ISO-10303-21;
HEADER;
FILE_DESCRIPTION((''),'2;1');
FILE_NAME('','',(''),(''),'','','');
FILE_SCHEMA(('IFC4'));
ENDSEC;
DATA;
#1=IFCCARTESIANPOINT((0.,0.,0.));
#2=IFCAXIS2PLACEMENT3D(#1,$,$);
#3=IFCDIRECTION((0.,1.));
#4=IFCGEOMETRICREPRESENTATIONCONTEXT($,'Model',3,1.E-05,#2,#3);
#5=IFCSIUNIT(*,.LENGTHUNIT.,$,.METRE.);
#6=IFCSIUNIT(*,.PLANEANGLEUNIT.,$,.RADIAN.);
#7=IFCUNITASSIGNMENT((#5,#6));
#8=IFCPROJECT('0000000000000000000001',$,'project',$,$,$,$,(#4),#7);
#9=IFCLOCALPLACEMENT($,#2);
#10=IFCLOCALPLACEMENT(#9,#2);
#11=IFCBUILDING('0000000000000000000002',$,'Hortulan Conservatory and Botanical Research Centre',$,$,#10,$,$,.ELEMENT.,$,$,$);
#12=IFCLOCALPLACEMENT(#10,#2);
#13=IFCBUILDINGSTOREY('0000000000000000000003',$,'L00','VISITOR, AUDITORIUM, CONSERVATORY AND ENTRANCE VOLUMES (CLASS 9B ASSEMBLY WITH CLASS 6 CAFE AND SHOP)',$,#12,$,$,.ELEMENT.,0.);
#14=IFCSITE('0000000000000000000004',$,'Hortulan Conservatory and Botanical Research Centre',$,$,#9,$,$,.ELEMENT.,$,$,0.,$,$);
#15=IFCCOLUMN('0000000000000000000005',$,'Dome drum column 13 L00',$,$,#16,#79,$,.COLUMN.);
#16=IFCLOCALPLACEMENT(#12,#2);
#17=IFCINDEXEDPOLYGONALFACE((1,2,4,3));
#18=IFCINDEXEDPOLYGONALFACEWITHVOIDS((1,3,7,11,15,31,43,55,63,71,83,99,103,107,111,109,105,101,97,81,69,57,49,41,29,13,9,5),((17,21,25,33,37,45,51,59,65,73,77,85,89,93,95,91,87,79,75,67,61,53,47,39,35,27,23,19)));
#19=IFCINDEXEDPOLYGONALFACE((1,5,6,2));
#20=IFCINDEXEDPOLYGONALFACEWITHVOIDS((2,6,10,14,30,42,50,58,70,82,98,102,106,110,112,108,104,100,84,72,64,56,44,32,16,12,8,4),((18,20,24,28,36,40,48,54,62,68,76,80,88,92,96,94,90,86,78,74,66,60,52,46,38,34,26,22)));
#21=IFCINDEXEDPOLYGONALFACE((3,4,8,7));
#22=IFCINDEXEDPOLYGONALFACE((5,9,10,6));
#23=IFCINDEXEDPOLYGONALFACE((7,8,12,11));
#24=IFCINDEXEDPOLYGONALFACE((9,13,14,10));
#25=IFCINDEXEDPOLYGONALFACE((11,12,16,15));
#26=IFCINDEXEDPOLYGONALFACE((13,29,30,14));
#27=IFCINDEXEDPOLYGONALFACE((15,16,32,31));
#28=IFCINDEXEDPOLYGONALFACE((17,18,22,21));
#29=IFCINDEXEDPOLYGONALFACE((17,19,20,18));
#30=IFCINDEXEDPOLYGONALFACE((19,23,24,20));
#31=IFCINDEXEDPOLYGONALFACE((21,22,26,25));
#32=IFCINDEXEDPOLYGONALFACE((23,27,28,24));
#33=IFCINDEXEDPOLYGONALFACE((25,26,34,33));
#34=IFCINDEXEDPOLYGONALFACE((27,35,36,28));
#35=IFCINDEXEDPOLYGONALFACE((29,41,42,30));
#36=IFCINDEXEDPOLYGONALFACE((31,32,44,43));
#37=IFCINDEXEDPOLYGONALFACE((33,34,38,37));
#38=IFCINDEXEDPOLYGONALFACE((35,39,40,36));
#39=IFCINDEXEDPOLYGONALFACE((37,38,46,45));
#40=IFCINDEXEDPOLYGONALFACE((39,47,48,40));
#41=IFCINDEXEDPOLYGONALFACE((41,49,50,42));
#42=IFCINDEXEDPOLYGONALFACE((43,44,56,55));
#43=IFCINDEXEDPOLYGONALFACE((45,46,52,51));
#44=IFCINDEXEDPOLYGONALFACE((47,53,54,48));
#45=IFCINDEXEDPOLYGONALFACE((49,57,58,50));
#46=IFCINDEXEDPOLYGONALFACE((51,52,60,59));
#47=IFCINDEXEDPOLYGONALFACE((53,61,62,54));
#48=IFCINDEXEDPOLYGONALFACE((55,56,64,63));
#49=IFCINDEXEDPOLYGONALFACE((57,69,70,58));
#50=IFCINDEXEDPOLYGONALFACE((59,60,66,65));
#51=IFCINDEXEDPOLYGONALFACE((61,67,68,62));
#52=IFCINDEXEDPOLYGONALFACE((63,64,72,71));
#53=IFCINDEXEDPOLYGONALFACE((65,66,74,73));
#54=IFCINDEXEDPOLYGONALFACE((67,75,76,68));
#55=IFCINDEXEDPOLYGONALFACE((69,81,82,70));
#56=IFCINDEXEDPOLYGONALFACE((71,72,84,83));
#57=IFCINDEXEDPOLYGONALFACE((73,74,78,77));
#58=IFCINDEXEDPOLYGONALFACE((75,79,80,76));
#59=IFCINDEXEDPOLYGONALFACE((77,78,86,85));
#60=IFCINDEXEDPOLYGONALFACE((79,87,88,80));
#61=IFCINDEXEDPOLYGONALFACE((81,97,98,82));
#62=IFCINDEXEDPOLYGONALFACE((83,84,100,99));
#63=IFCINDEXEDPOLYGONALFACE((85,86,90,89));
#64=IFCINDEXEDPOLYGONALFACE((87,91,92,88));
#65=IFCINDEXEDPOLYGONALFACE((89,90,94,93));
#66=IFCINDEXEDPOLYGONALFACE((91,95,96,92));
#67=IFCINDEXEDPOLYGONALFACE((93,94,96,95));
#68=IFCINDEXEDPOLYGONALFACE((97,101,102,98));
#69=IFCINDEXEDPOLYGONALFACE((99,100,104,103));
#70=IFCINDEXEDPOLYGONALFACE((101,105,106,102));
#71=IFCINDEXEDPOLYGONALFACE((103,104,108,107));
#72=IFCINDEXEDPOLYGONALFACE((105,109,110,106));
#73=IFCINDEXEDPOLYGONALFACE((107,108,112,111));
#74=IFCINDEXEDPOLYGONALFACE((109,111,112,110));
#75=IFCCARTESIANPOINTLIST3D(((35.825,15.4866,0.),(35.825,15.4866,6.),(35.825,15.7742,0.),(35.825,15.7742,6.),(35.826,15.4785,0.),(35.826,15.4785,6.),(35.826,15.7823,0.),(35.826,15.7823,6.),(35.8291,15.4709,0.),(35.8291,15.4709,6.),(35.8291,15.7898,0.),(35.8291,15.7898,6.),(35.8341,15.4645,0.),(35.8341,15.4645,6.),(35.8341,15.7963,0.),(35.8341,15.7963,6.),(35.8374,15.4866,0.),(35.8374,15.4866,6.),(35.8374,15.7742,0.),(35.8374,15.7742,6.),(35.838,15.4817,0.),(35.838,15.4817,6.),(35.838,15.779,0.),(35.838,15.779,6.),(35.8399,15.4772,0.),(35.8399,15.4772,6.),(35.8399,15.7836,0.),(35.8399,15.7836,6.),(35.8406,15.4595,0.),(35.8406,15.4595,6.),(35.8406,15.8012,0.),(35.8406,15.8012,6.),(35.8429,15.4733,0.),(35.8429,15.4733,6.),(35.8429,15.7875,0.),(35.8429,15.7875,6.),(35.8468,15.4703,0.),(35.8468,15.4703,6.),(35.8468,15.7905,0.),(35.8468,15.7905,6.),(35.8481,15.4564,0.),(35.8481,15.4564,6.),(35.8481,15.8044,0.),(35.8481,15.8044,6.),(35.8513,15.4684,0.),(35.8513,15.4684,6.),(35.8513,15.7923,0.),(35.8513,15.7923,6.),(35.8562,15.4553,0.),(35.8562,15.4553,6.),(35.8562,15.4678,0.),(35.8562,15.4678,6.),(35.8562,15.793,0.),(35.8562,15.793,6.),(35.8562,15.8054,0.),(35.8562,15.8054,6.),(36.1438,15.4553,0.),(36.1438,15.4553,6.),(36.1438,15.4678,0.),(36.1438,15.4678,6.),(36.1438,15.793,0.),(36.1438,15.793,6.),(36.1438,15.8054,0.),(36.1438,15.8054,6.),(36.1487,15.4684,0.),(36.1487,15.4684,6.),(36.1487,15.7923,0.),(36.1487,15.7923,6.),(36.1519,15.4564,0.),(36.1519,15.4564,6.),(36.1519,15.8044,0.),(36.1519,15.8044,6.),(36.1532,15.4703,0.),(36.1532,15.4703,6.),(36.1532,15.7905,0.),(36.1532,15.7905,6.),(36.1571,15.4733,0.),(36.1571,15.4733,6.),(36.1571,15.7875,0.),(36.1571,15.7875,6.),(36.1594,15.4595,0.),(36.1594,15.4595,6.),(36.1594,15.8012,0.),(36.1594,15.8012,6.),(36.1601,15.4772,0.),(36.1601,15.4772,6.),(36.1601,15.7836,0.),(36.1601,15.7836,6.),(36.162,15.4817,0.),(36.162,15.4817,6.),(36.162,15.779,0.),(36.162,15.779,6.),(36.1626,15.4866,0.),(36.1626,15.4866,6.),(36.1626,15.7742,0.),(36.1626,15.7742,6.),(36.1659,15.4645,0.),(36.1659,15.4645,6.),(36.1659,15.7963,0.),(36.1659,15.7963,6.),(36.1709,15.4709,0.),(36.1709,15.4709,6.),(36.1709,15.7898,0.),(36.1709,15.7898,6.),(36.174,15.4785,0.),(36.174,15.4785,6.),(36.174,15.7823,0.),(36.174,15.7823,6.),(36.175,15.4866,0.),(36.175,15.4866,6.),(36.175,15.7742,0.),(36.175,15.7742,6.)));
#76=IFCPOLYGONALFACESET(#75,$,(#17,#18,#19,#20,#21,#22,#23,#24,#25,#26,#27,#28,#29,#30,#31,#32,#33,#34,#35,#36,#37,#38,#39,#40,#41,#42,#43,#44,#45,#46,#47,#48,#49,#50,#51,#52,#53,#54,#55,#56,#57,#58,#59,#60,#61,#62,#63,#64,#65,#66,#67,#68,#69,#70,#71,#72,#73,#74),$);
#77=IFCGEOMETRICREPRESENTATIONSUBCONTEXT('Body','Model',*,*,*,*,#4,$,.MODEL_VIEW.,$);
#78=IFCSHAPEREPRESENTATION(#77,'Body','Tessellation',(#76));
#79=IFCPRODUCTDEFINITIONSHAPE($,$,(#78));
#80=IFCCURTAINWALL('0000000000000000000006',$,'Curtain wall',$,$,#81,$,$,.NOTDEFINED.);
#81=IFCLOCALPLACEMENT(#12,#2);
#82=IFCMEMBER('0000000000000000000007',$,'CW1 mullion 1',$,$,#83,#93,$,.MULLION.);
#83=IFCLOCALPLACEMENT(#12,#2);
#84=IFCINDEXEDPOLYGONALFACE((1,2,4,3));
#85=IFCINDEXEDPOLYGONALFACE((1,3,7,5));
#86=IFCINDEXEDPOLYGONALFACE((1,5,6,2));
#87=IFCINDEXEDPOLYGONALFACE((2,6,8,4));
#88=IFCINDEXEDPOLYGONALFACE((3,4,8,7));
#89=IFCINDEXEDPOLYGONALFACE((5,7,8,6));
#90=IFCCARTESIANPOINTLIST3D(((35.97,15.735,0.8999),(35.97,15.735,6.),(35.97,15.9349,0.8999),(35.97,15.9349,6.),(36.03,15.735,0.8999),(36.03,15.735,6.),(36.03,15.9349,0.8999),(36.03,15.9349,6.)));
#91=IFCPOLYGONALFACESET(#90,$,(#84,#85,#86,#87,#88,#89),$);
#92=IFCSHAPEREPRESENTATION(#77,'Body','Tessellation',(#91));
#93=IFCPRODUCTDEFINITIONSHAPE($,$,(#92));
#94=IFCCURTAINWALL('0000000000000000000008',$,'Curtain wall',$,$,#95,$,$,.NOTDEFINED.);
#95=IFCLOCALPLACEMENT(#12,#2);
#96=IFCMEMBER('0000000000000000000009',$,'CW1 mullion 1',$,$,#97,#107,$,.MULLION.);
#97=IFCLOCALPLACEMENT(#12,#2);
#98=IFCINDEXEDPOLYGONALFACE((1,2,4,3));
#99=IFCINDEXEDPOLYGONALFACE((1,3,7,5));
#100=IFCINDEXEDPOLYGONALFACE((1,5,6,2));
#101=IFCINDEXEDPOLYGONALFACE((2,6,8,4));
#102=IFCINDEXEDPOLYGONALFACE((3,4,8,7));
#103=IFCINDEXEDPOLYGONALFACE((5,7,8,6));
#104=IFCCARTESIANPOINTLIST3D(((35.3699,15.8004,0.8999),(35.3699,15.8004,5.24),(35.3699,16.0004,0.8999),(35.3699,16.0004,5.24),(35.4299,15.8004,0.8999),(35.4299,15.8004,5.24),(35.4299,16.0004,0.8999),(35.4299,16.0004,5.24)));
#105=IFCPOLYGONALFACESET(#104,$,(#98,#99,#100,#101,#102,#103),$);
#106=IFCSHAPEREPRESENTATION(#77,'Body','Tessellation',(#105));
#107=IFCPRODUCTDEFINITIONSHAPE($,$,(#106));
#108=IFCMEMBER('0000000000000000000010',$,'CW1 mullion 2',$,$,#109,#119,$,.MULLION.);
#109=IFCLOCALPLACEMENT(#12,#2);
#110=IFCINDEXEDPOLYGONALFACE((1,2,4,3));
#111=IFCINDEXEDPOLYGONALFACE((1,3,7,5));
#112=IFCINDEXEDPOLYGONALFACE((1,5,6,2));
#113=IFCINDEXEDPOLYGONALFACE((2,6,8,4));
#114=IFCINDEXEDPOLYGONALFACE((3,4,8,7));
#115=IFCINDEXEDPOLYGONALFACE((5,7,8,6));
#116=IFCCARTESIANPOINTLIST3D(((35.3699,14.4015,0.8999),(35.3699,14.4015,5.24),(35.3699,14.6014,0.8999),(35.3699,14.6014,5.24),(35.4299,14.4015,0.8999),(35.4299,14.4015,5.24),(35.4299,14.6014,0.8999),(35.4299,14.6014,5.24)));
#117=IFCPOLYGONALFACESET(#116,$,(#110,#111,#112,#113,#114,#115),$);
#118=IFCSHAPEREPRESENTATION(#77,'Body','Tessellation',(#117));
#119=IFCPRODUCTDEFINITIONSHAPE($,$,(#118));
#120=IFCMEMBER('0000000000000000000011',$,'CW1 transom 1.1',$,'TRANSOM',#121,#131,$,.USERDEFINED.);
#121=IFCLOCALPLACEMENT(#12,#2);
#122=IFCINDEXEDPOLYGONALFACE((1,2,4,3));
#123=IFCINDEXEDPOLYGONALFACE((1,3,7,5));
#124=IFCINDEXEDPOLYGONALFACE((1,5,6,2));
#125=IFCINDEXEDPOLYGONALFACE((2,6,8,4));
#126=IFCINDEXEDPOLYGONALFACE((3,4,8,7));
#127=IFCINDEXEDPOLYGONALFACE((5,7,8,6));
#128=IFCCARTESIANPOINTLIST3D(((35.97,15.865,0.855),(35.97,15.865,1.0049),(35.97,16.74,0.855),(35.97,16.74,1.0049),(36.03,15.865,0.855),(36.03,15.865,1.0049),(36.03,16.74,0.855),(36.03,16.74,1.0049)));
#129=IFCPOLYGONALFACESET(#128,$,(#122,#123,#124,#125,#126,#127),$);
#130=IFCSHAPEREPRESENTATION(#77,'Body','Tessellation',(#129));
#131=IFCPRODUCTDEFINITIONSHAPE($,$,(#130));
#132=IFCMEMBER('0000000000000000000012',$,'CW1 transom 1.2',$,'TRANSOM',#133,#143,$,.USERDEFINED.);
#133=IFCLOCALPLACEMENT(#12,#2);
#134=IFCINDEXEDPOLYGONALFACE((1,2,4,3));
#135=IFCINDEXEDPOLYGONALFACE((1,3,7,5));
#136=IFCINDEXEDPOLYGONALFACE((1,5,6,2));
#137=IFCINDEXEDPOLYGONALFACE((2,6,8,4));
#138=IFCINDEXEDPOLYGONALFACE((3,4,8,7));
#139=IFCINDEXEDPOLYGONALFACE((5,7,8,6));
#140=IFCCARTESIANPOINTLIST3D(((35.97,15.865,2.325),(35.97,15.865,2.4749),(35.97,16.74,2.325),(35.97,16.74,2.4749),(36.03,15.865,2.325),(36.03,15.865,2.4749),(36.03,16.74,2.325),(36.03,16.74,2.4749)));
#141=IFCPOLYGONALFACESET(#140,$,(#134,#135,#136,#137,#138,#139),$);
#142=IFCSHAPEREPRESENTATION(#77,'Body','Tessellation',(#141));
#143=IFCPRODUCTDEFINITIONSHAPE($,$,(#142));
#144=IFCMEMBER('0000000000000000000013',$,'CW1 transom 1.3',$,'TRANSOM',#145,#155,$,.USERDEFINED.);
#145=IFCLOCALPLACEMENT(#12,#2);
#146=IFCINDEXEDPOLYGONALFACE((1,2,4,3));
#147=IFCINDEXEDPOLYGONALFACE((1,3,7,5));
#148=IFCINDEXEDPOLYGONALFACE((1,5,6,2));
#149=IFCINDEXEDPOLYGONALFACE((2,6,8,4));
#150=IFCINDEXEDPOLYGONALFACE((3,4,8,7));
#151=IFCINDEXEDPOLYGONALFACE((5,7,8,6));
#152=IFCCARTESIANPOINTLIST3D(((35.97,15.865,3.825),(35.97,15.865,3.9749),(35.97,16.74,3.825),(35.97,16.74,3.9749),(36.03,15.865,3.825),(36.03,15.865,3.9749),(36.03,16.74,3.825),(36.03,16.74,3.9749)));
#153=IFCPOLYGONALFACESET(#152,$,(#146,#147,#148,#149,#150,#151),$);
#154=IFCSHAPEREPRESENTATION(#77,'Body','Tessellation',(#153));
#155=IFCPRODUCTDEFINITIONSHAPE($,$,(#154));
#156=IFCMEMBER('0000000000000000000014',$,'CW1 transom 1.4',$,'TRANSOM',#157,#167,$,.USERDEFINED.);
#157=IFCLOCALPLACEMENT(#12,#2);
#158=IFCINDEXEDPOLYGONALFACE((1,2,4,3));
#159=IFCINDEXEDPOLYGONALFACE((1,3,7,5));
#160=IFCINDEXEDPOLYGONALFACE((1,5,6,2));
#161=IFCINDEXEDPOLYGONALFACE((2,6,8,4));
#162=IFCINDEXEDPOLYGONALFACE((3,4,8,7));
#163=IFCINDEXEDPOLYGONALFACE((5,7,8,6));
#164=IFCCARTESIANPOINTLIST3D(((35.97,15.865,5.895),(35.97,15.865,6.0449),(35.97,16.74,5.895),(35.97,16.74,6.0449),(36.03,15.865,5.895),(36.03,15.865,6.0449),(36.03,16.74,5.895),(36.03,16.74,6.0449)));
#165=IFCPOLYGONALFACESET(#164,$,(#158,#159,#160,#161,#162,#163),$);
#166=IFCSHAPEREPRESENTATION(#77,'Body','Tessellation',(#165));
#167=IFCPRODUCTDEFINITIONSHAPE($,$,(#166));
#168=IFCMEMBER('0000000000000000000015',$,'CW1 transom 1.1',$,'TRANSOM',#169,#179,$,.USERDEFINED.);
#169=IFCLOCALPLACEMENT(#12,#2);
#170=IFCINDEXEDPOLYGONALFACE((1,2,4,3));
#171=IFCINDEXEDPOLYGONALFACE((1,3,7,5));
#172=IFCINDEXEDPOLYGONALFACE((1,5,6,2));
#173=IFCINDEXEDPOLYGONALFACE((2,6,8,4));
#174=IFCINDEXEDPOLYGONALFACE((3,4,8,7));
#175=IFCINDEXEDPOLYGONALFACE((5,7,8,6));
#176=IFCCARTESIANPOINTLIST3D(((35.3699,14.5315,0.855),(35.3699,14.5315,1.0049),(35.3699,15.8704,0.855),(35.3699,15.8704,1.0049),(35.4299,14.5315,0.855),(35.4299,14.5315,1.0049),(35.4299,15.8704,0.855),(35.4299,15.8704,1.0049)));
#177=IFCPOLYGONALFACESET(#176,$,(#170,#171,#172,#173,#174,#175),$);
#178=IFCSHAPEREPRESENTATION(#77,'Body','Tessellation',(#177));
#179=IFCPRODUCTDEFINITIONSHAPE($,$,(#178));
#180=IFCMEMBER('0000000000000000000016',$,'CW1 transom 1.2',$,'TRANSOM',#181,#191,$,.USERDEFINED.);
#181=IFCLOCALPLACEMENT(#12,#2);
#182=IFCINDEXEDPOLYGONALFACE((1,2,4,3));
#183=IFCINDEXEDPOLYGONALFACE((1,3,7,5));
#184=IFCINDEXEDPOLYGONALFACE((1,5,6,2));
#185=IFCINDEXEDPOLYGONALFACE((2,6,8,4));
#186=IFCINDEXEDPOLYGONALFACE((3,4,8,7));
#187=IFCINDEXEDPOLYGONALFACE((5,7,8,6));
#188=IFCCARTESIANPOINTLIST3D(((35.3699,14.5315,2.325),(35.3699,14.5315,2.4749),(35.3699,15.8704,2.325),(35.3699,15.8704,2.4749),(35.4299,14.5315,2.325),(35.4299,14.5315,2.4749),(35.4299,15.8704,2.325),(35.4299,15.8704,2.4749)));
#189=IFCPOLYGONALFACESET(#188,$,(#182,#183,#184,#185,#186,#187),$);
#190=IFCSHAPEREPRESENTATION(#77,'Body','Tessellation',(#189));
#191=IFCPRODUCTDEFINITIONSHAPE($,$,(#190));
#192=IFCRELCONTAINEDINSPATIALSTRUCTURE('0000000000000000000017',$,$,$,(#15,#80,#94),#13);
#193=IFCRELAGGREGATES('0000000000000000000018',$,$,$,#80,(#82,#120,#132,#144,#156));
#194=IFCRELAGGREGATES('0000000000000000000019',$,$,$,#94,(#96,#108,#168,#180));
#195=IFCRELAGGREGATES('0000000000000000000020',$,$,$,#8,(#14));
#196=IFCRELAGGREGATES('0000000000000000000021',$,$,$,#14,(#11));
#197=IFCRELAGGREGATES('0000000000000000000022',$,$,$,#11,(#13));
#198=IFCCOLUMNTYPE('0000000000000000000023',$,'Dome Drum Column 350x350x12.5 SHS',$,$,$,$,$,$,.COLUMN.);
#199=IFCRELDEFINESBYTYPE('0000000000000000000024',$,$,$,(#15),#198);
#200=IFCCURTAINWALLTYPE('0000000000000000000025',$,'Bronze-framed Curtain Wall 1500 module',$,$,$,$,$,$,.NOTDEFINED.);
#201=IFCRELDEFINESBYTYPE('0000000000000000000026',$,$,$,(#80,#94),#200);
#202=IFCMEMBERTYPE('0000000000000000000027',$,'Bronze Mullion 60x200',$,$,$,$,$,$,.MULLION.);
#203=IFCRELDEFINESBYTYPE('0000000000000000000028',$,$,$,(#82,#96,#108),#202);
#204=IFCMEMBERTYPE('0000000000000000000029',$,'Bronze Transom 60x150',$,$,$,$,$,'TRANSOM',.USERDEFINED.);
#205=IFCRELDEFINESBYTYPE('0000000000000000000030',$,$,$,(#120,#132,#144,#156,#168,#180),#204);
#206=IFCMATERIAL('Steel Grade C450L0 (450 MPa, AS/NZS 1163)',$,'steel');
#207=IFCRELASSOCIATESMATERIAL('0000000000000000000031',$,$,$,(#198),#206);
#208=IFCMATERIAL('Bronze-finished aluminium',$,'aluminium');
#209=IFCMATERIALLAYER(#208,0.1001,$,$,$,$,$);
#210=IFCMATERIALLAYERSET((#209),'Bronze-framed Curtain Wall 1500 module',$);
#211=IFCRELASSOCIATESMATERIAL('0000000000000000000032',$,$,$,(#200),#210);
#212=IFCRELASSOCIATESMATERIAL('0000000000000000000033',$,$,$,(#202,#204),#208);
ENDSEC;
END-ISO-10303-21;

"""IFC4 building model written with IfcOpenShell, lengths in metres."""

from ifc_helpers import new_model, si_unit, direction, frame, origin, origin_2d, place, context, subcontext, project, spatial, rectangle, hollow_rectangle, extrude, material, layer, layer_set, material_profile, profile_set, type_object, element, aggregate, save


model = new_model("IFC4")

# Units and contexts
model_context = context("Model", 3, precision=1e-05, world=origin(), true_north=direction((0.0, 1.0)))
body_context = subcontext(model_context, "Body", "Model", "MODEL_VIEW")
ifc_project = project(units=[si_unit("LENGTHUNIT", "METRE"), si_unit("PLANEANGLEUNIT", "RADIAN")], contexts=[model_context])

# Site, building, storey
site_placement = place(None, origin())
site = spatial("IfcSite", under=ifc_project, at=site_placement, Name="Hortulan Conservatory and Botanical Research Centre", CompositionType="ELEMENT", RefElevation=0.0)
building_placement = place(site_placement, origin())
building = spatial("IfcBuilding", under=site, at=building_placement, Name="Hortulan Conservatory and Botanical Research Centre", CompositionType="ELEMENT")
storey_placement = place(building_placement, origin())
storey = spatial("IfcBuildingStorey", under=building, at=storey_placement, Name="L00", Description="VISITOR, AUDITORIUM, CONSERVATORY AND ENTRANCE VOLUMES (CLASS 9B ASSEMBLY WITH CLASS 6 CAFE AND SHOP)", CompositionType="ELEMENT", Elevation=0.0)

# Column
ifc_material_1 = material(Name="Steel Grade C450L0 (450 MPa, AS/NZS 1163)", Category="steel")
ifc_material_profile_1 = material_profile(ifc_material_1, hollow_rectangle(XDim=0.3501, YDim=0.3501, WallThickness=0.0125, InnerFilletRadius=0.0188, OuterFilletRadius=0.0312, at=origin_2d()), Name="350x350x12.5SHS")
ifc_profile_set_1 = profile_set([ifc_material_profile_1], Name="Steel Grade C450L0 (450 MPa, AS/NZS 1163)")
column_type = type_object("IfcColumnType", Name="Dome Drum Column 350x350x12.5 SHS", PredefinedType="COLUMN", material=ifc_profile_set_1)
column_placement = place(storey_placement, frame((36.0, 15.6304, 0.0), z_axis=(0.0, 0.0, 1.0), x_axis=(1.0, 0.0, 0.0)))
element("IfcColumn", 1, at=column_placement, inside=storey, type_object=column_type, Name="Dome drum column 13 L00", PredefinedType="COLUMN", context=body_context, shape_type="SweptSolid", body=[
    extrude(hollow_rectangle(XDim=0.3501, YDim=0.3501, WallThickness=0.0125, InnerFilletRadius=0.0188, OuterFilletRadius=0.0312, at=origin_2d()), origin(), (0.0, 0.0, 1.0), 6.0),
])

# Curtain wall, member
ifc_material_2 = material(Name="Bronze-finished aluminium", Category="aluminium")
ifc_layer_1 = layer(ifc_material_2, 0.1001)
ifc_layer_set_1 = layer_set([ifc_layer_1], Name="Bronze-framed Curtain Wall 1500 module")
curtain_wall_type = type_object("IfcCurtainWallType", Name="Bronze-framed Curtain Wall 1500 module", PredefinedType="NOTDEFINED", material=ifc_layer_set_1)
curtain_wall_1_placement = place(storey_placement, origin())
curtain_wall_1 = element("IfcCurtainWall", 2, at=curtain_wall_1_placement, inside=storey, type_object=curtain_wall_type, Name="Curtain wall", PredefinedType="NOTDEFINED")
ifc_material_profile_2 = material_profile(ifc_material_2, rectangle(XDim=0.0601, YDim=0.2, at=origin_2d()), Name="Bronze Mullion 60x200")
ifc_profile_set_2 = profile_set([ifc_material_profile_2], Name="Bronze-finished aluminium")
member_type_1 = type_object("IfcMemberType", Name="Bronze Mullion 60x200", PredefinedType="MULLION", material=ifc_profile_set_2)
member_1_placement = place(storey_placement, frame((36.0, 15.835, 0.8999), z_axis=(0.0, 0.0, 1.0), x_axis=(-1.0, 0.0, 0.0)))
member_1 = element("IfcMember", 3, at=member_1_placement, type_object=member_type_1, Name="CW1 mullion 1", PredefinedType="MULLION", context=body_context, shape_type="SweptSolid", body=[
    extrude(rectangle(XDim=0.0601, YDim=0.2, at=origin_2d()), origin(), (0.0, 0.0, 1.0), 5.1001),
])

# Curtain wall, members
curtain_wall_2_placement = place(storey_placement, origin())
curtain_wall_2 = element("IfcCurtainWall", 4, at=curtain_wall_2_placement, inside=storey, type_object=curtain_wall_type, Name="Curtain wall", PredefinedType="NOTDEFINED")
member_2_placement = place(storey_placement, frame((35.3999, 15.9004, 0.8999), z_axis=(0.0, 0.0, 1.0), x_axis=(1.0, 0.0, 0.0)))
member_2 = element("IfcMember", 5, at=member_2_placement, type_object=member_type_1, Name="CW1 mullion 1", PredefinedType="MULLION", context=body_context, shape_type="SweptSolid", body=[
    extrude(rectangle(XDim=0.0601, YDim=0.2, at=origin_2d()), origin(), (0.0, 0.0, 1.0), 4.3401),
])
member_3_placement = place(storey_placement, frame((35.3999, 14.5015, 0.8999), z_axis=(0.0, 0.0, 1.0), x_axis=(1.0, 0.0, 0.0)))
member_3 = element("IfcMember", 6, at=member_3_placement, type_object=member_type_1, Name="CW1 mullion 2", PredefinedType="MULLION", context=body_context, shape_type="SweptSolid", body=[
    extrude(rectangle(XDim=0.0601, YDim=0.2, at=origin_2d()), origin(), (0.0, 0.0, 1.0), 4.3401),
])

# Members
ifc_material_profile_3 = material_profile(ifc_material_2, rectangle(XDim=0.0601, YDim=0.1499, at=origin_2d()), Name="Bronze Transom 60x150")
ifc_profile_set_3 = profile_set([ifc_material_profile_3], Name="Bronze-finished aluminium")
member_type_2 = type_object("IfcMemberType", Name="Bronze Transom 60x150", ElementType="TRANSOM", PredefinedType="USERDEFINED", material=ifc_profile_set_3)
member_4_placement = place(storey_placement, frame((36.0, 15.865, 0.9299), z_axis=(0.0, 1.0, 0.0), x_axis=(-1.0, 0.0, 0.0)))
member_4 = element("IfcMember", 7, at=member_4_placement, type_object=member_type_2, Name="CW1 transom 1.1", ObjectType="TRANSOM", PredefinedType="USERDEFINED", context=body_context, shape_type="SweptSolid", body=[
    extrude(rectangle(XDim=0.0601, YDim=0.1499, at=origin_2d()), origin(), (0.0, 0.0, 1.0), 0.875),
])
member_5_placement = place(storey_placement, frame((36.0, 15.865, 2.3999), z_axis=(0.0, 1.0, 0.0), x_axis=(-1.0, 0.0, 0.0)))
member_5 = element("IfcMember", 8, at=member_5_placement, type_object=member_type_2, Name="CW1 transom 1.2", ObjectType="TRANSOM", PredefinedType="USERDEFINED", context=body_context, shape_type="SweptSolid", body=[
    extrude(rectangle(XDim=0.0601, YDim=0.1499, at=origin_2d()), origin(), (0.0, 0.0, 1.0), 0.875),
])
member_6_placement = place(storey_placement, frame((36.0, 15.865, 3.8999), z_axis=(0.0, 1.0, 0.0), x_axis=(-1.0, 0.0, 0.0)))
member_6 = element("IfcMember", 9, at=member_6_placement, type_object=member_type_2, Name="CW1 transom 1.3", ObjectType="TRANSOM", PredefinedType="USERDEFINED", context=body_context, shape_type="SweptSolid", body=[
    extrude(rectangle(XDim=0.0601, YDim=0.1499, at=origin_2d()), origin(), (0.0, 0.0, 1.0), 0.875),
])
member_7_placement = place(storey_placement, frame((36.0, 15.865, 5.97), z_axis=(0.0, 1.0, 0.0), x_axis=(-1.0, 0.0, 0.0)))
member_7 = element("IfcMember", 10, at=member_7_placement, type_object=member_type_2, Name="CW1 transom 1.4", ObjectType="TRANSOM", PredefinedType="USERDEFINED", context=body_context, shape_type="SweptSolid", body=[
    extrude(rectangle(XDim=0.0601, YDim=0.1499, at=origin_2d()), origin(), (0.0, 0.0, 1.0), 0.875),
])
member_8_placement = place(storey_placement, frame((35.3999, 15.8704, 0.9299), z_axis=(0.0, -1.0, 0.0), x_axis=(1.0, 0.0, 0.0)))
member_8 = element("IfcMember", 11, at=member_8_placement, type_object=member_type_2, Name="CW1 transom 1.1", ObjectType="TRANSOM", PredefinedType="USERDEFINED", context=body_context, shape_type="SweptSolid", body=[
    extrude(rectangle(XDim=0.0601, YDim=0.1499, at=origin_2d()), origin(), (0.0, 0.0, 1.0), 1.3389),
])
member_9_placement = place(storey_placement, frame((35.3999, 15.8704, 2.3999), z_axis=(0.0, -1.0, 0.0), x_axis=(1.0, 0.0, 0.0)))
member_9 = element("IfcMember", 12, at=member_9_placement, type_object=member_type_2, Name="CW1 transom 1.2", ObjectType="TRANSOM", PredefinedType="USERDEFINED", context=body_context, shape_type="SweptSolid", body=[
    extrude(rectangle(XDim=0.0601, YDim=0.1499, at=origin_2d()), origin(), (0.0, 0.0, 1.0), 1.3389),
])

aggregate(curtain_wall_1, [member_1, member_4, member_5, member_6, member_7])
aggregate(curtain_wall_2, [member_2, member_3, member_8, member_9])

save(model, "model.ifc")
